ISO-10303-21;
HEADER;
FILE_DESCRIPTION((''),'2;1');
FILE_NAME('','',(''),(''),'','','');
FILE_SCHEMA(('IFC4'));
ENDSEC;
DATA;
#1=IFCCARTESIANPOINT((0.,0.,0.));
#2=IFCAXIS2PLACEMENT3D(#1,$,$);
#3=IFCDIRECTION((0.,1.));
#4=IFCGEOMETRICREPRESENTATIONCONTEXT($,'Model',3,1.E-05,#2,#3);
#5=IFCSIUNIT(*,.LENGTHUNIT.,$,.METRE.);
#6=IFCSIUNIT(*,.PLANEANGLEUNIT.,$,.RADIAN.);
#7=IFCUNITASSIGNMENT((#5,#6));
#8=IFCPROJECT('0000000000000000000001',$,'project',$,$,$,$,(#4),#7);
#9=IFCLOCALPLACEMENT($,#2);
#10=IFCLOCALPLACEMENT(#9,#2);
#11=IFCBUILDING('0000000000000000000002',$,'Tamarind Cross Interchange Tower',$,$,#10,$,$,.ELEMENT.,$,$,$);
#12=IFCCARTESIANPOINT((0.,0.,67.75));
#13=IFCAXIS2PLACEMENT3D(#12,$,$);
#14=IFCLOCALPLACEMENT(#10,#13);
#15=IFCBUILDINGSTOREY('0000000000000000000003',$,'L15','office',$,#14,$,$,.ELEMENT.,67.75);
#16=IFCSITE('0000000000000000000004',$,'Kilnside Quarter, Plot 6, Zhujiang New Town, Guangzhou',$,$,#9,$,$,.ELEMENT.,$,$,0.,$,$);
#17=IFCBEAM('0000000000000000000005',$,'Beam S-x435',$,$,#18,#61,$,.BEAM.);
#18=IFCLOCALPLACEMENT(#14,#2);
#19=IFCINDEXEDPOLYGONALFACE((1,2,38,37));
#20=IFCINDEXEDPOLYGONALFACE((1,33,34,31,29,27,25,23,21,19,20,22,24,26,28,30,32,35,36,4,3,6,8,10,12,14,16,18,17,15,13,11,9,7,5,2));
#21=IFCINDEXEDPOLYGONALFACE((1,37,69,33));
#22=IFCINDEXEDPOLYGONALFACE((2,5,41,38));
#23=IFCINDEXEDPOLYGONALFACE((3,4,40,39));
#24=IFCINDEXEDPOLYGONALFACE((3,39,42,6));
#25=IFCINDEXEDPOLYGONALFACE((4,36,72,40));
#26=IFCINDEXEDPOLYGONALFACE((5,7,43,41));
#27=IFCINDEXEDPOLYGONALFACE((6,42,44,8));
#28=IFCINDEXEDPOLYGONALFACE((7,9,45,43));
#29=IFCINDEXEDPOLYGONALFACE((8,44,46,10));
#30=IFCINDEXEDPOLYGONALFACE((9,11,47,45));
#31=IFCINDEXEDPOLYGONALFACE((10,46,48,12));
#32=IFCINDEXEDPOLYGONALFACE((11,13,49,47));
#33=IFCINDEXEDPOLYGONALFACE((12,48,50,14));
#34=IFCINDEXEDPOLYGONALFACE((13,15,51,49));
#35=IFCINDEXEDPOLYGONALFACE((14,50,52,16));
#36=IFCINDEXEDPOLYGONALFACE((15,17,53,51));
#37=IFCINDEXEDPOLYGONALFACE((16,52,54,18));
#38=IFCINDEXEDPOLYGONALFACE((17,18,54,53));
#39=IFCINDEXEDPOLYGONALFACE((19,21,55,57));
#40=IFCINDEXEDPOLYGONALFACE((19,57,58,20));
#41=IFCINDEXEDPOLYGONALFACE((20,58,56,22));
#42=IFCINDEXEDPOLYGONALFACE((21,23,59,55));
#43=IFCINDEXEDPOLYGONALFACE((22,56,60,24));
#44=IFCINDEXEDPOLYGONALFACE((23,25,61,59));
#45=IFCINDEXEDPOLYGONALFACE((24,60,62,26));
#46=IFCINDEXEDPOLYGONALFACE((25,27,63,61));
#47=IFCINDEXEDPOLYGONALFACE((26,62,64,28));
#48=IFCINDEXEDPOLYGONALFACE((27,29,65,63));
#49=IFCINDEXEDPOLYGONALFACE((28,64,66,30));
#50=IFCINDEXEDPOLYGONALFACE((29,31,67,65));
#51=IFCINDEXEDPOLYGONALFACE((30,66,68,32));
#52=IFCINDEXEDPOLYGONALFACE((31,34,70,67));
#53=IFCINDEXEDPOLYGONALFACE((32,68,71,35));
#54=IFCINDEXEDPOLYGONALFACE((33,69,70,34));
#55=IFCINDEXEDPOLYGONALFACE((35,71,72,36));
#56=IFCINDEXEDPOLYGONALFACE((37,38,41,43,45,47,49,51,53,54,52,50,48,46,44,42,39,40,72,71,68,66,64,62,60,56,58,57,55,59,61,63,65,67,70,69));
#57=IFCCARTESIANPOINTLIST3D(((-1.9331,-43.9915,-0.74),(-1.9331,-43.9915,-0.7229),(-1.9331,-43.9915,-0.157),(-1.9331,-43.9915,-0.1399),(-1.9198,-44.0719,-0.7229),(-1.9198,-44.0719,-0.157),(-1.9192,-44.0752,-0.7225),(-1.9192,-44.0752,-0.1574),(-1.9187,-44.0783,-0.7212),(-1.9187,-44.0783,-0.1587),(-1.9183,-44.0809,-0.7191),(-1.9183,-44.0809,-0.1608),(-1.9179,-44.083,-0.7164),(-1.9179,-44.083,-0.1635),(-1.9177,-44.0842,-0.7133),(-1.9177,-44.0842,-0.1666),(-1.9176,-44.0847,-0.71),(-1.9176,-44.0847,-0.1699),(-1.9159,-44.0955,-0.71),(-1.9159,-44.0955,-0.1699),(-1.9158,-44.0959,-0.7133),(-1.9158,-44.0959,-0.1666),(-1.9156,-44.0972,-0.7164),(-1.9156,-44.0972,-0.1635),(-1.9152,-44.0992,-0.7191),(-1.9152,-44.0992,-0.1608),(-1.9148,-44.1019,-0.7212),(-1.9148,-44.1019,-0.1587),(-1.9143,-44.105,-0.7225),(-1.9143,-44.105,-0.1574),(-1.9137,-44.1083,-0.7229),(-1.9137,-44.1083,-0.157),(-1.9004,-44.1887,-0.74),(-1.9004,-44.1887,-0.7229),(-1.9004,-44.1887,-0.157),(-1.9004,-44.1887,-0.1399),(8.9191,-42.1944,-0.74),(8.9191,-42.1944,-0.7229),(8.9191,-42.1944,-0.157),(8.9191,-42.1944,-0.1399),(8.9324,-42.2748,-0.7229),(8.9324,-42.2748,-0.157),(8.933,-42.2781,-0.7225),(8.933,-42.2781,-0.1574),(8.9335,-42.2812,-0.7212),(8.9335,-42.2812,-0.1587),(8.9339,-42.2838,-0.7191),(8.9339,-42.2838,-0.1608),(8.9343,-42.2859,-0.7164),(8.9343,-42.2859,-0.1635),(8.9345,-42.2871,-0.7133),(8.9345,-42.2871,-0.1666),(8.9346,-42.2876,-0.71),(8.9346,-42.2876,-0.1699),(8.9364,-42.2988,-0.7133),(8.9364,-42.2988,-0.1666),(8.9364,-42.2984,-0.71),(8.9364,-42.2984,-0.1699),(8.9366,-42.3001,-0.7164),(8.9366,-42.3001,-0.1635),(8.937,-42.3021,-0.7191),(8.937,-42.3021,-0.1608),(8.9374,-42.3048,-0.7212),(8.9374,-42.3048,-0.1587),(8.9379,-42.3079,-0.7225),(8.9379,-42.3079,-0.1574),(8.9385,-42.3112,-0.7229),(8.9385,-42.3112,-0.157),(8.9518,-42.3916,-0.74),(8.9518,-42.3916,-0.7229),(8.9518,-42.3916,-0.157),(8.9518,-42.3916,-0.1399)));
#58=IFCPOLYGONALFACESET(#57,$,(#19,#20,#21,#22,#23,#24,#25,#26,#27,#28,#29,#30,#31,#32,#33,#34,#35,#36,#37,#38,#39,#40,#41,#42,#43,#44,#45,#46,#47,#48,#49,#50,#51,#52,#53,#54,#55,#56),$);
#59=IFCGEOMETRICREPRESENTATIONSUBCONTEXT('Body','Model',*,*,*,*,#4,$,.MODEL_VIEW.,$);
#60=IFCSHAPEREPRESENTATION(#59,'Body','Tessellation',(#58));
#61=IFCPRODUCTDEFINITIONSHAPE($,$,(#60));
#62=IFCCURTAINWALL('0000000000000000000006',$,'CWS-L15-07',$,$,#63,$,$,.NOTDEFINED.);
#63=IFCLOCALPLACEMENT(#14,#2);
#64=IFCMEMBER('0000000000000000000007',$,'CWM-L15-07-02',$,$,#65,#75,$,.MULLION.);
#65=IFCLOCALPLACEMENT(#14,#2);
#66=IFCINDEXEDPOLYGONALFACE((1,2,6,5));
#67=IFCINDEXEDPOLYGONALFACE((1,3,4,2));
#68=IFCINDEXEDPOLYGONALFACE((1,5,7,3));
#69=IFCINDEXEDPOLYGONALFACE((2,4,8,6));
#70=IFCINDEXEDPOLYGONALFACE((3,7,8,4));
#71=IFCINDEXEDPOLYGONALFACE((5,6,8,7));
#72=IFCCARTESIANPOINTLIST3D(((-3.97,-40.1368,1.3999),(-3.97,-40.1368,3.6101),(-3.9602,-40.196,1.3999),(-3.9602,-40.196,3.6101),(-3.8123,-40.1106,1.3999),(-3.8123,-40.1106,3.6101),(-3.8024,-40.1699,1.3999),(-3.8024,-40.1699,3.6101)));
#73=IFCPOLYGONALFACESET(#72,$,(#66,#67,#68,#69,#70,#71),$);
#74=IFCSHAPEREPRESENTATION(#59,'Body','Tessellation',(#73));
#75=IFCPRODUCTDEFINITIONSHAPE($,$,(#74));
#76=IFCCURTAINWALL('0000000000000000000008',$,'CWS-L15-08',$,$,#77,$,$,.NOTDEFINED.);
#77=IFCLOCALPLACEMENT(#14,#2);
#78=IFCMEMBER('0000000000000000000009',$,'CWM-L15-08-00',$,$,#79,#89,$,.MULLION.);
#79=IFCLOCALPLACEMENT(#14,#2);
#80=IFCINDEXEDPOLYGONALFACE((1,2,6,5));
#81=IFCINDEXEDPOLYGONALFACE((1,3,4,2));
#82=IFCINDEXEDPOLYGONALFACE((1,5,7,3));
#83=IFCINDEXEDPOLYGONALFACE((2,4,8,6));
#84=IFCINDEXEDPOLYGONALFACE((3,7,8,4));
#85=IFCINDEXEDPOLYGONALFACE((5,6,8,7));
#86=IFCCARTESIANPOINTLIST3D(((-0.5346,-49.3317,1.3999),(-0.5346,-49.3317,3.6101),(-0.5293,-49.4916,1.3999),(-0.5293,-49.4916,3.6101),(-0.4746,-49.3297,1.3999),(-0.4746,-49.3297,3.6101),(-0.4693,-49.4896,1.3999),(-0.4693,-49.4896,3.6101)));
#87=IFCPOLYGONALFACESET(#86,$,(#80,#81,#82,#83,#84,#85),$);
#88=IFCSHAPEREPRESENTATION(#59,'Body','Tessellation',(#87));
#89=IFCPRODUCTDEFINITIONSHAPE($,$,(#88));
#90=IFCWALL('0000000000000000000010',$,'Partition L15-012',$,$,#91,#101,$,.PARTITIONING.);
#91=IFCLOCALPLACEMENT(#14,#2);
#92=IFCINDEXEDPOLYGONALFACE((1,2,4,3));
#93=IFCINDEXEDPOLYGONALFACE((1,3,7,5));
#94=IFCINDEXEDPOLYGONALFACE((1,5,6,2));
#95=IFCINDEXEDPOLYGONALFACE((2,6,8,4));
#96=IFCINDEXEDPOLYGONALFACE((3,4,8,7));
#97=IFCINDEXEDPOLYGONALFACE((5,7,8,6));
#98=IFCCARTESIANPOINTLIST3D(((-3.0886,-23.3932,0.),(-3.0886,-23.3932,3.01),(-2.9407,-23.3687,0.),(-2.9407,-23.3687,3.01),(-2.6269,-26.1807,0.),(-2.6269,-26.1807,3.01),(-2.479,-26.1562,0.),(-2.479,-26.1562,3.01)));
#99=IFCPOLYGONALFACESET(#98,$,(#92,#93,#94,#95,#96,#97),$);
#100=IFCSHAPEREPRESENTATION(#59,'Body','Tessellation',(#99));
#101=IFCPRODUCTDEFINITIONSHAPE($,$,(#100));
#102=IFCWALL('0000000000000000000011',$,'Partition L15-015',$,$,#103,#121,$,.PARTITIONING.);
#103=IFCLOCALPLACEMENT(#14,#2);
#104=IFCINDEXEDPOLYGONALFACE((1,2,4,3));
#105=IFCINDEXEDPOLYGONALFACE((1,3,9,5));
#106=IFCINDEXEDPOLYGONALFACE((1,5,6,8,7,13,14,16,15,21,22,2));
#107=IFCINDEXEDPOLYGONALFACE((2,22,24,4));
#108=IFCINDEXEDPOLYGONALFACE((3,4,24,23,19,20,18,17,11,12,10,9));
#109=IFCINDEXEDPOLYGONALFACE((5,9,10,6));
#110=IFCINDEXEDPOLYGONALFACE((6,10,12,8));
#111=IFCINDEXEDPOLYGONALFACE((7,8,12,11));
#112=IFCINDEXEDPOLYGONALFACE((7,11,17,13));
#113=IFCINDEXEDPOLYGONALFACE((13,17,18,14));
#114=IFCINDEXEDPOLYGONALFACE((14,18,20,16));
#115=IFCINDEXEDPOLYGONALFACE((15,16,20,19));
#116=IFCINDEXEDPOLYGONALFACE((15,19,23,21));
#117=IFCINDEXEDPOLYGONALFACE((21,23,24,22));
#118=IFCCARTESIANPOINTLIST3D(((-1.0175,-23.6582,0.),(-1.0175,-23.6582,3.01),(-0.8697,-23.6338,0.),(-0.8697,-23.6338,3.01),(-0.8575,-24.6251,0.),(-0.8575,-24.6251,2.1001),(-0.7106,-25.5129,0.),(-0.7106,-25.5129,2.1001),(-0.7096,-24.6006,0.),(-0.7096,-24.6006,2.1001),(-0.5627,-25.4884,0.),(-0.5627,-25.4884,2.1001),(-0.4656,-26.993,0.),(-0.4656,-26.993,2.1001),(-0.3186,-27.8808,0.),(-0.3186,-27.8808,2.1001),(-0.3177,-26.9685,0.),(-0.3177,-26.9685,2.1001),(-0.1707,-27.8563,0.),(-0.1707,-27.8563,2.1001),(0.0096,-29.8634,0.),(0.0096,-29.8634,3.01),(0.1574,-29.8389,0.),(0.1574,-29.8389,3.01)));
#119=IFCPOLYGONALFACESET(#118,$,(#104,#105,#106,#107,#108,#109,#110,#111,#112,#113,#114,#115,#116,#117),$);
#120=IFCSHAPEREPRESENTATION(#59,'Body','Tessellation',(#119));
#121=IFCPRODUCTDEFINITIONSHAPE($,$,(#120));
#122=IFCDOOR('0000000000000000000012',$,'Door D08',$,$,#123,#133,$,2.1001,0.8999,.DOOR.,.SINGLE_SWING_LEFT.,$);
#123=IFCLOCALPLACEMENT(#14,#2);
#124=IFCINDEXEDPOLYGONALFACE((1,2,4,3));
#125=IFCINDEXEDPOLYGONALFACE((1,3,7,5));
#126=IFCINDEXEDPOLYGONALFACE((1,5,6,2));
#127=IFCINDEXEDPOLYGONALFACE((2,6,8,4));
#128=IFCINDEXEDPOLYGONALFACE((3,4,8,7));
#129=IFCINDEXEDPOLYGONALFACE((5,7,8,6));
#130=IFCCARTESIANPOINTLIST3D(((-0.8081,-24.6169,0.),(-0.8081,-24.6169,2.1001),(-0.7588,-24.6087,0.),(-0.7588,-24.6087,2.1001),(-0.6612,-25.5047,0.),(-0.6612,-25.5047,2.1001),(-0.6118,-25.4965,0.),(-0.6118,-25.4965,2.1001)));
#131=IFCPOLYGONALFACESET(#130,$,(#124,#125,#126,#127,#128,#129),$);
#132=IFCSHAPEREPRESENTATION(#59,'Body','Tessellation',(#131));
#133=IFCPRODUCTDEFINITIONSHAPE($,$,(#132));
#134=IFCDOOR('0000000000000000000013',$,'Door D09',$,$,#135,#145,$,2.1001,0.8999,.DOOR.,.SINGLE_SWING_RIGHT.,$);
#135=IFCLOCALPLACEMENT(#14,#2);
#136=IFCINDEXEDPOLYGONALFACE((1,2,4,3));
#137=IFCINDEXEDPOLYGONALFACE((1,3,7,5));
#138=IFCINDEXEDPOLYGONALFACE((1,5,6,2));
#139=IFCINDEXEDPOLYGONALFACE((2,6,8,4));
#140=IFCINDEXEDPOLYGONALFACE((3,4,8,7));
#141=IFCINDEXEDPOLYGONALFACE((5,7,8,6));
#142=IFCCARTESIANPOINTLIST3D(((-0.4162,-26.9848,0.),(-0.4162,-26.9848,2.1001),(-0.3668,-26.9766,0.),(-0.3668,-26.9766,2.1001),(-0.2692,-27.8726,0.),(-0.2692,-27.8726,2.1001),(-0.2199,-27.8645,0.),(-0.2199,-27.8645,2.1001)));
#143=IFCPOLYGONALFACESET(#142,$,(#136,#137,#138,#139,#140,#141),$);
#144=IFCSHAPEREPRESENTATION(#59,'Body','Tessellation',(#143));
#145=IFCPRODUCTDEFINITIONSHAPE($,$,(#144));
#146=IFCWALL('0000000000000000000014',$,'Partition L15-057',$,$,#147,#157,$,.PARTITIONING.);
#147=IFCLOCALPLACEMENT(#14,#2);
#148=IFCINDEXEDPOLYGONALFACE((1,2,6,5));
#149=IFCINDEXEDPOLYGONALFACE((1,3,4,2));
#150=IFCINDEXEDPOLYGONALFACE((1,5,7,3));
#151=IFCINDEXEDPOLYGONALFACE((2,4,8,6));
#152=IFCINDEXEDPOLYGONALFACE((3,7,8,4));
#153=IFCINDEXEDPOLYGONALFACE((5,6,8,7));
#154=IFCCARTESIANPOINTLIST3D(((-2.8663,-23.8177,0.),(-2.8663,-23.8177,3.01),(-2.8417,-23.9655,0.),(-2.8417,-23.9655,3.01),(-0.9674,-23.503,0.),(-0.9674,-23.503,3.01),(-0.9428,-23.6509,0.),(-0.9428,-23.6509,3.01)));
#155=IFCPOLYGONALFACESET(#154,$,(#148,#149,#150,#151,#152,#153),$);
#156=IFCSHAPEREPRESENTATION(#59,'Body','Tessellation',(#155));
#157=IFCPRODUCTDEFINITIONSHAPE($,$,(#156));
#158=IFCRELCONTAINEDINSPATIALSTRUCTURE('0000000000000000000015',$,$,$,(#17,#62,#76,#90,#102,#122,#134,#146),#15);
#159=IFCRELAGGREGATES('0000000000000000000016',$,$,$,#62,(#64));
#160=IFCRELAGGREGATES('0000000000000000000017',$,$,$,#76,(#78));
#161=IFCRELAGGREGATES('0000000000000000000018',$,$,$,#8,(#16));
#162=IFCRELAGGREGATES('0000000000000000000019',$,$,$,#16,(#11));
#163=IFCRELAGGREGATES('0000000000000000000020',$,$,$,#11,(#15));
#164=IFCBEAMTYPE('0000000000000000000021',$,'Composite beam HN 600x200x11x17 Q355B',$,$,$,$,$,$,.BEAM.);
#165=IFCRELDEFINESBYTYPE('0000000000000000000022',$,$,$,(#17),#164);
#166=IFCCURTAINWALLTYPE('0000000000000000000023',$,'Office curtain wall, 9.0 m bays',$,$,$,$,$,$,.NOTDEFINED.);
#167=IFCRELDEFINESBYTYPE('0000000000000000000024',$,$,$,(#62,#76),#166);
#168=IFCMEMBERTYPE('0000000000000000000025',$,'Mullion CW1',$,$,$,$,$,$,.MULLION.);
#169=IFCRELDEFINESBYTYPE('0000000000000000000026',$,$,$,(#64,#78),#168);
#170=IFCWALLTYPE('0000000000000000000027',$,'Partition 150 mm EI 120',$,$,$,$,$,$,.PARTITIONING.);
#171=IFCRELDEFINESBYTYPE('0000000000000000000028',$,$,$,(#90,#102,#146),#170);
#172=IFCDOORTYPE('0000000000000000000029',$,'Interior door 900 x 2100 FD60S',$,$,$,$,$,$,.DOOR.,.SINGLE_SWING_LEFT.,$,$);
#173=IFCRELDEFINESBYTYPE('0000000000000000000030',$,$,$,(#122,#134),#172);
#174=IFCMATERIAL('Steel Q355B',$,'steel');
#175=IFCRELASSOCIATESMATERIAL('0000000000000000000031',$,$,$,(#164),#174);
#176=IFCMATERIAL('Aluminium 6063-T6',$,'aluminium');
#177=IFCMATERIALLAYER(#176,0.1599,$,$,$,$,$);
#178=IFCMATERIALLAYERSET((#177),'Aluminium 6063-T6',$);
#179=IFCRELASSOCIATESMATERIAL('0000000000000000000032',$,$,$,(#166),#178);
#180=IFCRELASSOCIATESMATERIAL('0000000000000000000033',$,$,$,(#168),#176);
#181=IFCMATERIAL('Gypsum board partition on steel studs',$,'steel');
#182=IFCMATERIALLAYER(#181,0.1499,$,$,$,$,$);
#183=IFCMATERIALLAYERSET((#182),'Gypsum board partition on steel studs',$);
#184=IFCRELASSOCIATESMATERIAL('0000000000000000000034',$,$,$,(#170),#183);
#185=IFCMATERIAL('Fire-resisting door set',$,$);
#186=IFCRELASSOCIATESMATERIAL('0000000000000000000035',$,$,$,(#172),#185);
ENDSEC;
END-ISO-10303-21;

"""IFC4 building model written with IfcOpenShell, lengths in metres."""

from ifc_helpers import new_model, si_unit, direction, frame, frame_2d, origin, origin_2d, place, context, subcontext, project, spatial, rectangle, i_section, extrude, material, layer, layer_set, material_profile, profile_set, type_object, element, fill, aggregate, save


model = new_model("IFC4")

# Units and contexts
model_context = context("Model", 3, precision=1e-05, world=origin(), true_north=direction((0.0, 1.0)))
body_context = subcontext(model_context, "Body", "Model", "MODEL_VIEW")
ifc_project = project(units=[si_unit("LENGTHUNIT", "METRE"), si_unit("PLANEANGLEUNIT", "RADIAN")], contexts=[model_context])

# Site, building, storey
site_placement = place(None, origin())
site = spatial("IfcSite", under=ifc_project, at=site_placement, Name="Kilnside Quarter, Plot 6, Zhujiang New Town, Guangzhou", CompositionType="ELEMENT", RefElevation=0.0)
building_placement = place(site_placement, origin())
building = spatial("IfcBuilding", under=site, at=building_placement, Name="Tamarind Cross Interchange Tower", CompositionType="ELEMENT")
storey_placement = place(building_placement, frame((0.0, 0.0, 67.75)))
storey = spatial("IfcBuildingStorey", under=building, at=storey_placement, Name="L15", Description="office", CompositionType="ELEMENT", Elevation=67.75)

# Beam
ifc_material_1 = material(Name="Steel Q355B", Category="steel")
ifc_material_profile_1 = material_profile(ifc_material_1, i_section(OverallWidth=0.2, OverallDepth=0.6001, WebThickness=0.011, FlangeThickness=0.0171, FilletRadius=0.0129, at=origin_2d()), Name="HN 600x200x11x17")
ifc_profile_set_1 = profile_set([ifc_material_profile_1], Name="Steel Q355B")
beam_type_1 = type_object("IfcBeamType", Name="Composite beam HN 600x200x11x17 Q355B", PredefinedType="BEAM", material=ifc_profile_set_1)
beam_1_placement = place(storey_placement, frame((-1.9167, -44.0901, -0.4399), z_axis=(0.986564, 0.163373, 0.0), x_axis=(-0.163373, 0.986564, 0.0)))
element("IfcBeam", 1, at=beam_1_placement, inside=storey, type_object=beam_type_1, Name="Beam S-x435", PredefinedType="BEAM", context=body_context, shape_type="SweptSolid", body=[
    extrude(i_section(OverallWidth=0.2, OverallDepth=0.6001, WebThickness=0.011, FlangeThickness=0.0171, FilletRadius=0.0129, at=origin_2d()), origin(), (0.0, 0.0, 1.0), 11.0),
])

# Curtain walls, members
ifc_material_2 = material(Name="Aluminium 6063-T6", Category="aluminium")
ifc_layer_1 = layer(ifc_material_2, 0.1599)
ifc_layer_set_1 = layer_set([ifc_layer_1], Name="Aluminium 6063-T6")
curtain_wall_type = type_object("IfcCurtainWallType", Name="Office curtain wall, 9.0 m bays", PredefinedType="NOTDEFINED", material=ifc_layer_set_1)
curtain_wall_1_placement = place(storey_placement, origin())
curtain_wall_1 = element("IfcCurtainWall", 2, at=curtain_wall_1_placement, inside=storey, type_object=curtain_wall_type, Name="CWS-L15-07", PredefinedType="NOTDEFINED")
ifc_material_profile_2 = material_profile(ifc_material_2, rectangle(XDim=0.0601, YDim=0.1599, at=origin_2d()), Name="Mullion CW1")
ifc_profile_set_2 = profile_set([ifc_material_profile_2], Name="Aluminium 6063-T6")
member_type = type_object("IfcMemberType", Name="Mullion CW1", PredefinedType="MULLION", material=ifc_profile_set_2)
member_1_placement = place(storey_placement, frame((-3.8862, -40.1533, 1.3999), z_axis=(0.0, 0.0, 1.0), x_axis=(0.163381, -0.986563, 0.0)))
member_1 = element("IfcMember", 3, at=member_1_placement, type_object=member_type, Name="CWM-L15-07-02", PredefinedType="MULLION", context=body_context, shape_type="SweptSolid", body=[
    extrude(rectangle(XDim=0.0601, YDim=0.1599, at=origin_2d()), origin(), (0.0, 0.0, 1.0), 2.2102),
])
aggregate(curtain_wall_1, [member_1])
curtain_wall_2_placement = place(storey_placement, origin())
curtain_wall_2 = element("IfcCurtainWall", 4, at=curtain_wall_2_placement, inside=storey, type_object=curtain_wall_type, Name="CWS-L15-08", PredefinedType="NOTDEFINED")
member_2_placement = place(storey_placement, frame((-0.502, -49.4106, 1.3999), z_axis=(0.0, 0.0, 1.0), x_axis=(0.999448, 0.033211, 0.0)))
member_2 = element("IfcMember", 5, at=member_2_placement, type_object=member_type, Name="CWM-L15-08-00", PredefinedType="MULLION", context=body_context, shape_type="SweptSolid", body=[
    extrude(rectangle(XDim=0.0601, YDim=0.1599, at=origin_2d()), origin(), (0.0, 0.0, 1.0), 2.2102),
])
aggregate(curtain_wall_2, [member_2])

# Wall
ifc_material_3 = material(Name="Gypsum board partition on steel studs", Category="steel")
ifc_layer_2 = layer(ifc_material_3, 0.1499)
ifc_layer_set_2 = layer_set([ifc_layer_2], Name="Gypsum board partition on steel studs")
wall_type_1 = type_object("IfcWallType", Name="Partition 150 mm EI 120", PredefinedType="PARTITIONING", material=ifc_layer_set_2)
wall_1_placement = place(storey_placement, frame((-3.0146, -23.3811, 0.0), z_axis=(0.0, 0.0, 1.0), x_axis=(0.163404, -0.986559, 0.0)))
element("IfcWall", 6, at=wall_1_placement, inside=storey, type_object=wall_type_1, Name="Partition L15-012", PredefinedType="PARTITIONING", context=body_context, shape_type="SweptSolid", body=[
    extrude(rectangle(XDim=2.8254, YDim=0.1499, at=frame_2d((1.4126, 0.0))), origin(), (0.0, 0.0, 1.0), 3.01),
])

# Wall, openings, doors
wall_2_placement = place(storey_placement, frame((-0.9436, -23.646, 0.0), z_axis=(0.0, 0.0, 1.0), x_axis=(0.163304, -0.986576, 0.0)))
wall_2 = element("IfcWall", 7, at=wall_2_placement, inside=storey, type_object=wall_type_1, Name="Partition L15-015", PredefinedType="PARTITIONING", context=body_context, shape_type="SweptSolid", body=[
    extrude(rectangle(XDim=6.2896, YDim=0.1499, at=frame_2d((3.1448, 0.0))), origin(), (0.0, 0.0, 1.0), 3.01),
])
opening_1_placement = place(wall_2_placement, frame((0.98, 0.0, 0.0)))
opening_1 = element("IfcOpeningElement", 8, at=opening_1_placement, cuts=wall_2, PredefinedType="OPENING", context=body_context, shape_type="SweptSolid", body=[
    extrude(rectangle(XDim=0.8999, YDim=2.1001, at=frame_2d((0.45, 1.05))), frame((0.0, 0.085, 0.0), z_axis=(0.0, -1.0, 0.0), x_axis=(1.0, 0.0, 0.0)), (0.0, 0.0, 1.0), 0.1699),
])
opening_2_placement = place(wall_2_placement, frame((3.3801, 0.0, 0.0)))
opening_2 = element("IfcOpeningElement", 9, at=opening_2_placement, cuts=wall_2, PredefinedType="OPENING", context=body_context, shape_type="SweptSolid", body=[
    extrude(rectangle(XDim=0.8999, YDim=2.1001, at=frame_2d((0.45, 1.05))), frame((0.0, 0.085, 0.0), z_axis=(0.0, -1.0, 0.0), x_axis=(1.0, 0.0, 0.0)), (0.0, 0.0, 1.0), 0.1699),
])
ifc_material_4 = material(Name="Fire-resisting door set")
door_type_1 = type_object("IfcDoorType", Name="Interior door 900 x 2100 FD60S", OperationType="SINGLE_SWING_LEFT", PredefinedType="DOOR", material=ifc_material_4)
door_1_placement = place(opening_1_placement, frame((0.8999, 0.0, 0.0), z_axis=(0.0, 0.0, 1.0), x_axis=(-1.0, 0.0, 0.0)))
door_1 = element("IfcDoor", 10, at=door_1_placement, inside=storey, type_object=door_type_1, Name="Door D08", OperationType="SINGLE_SWING_LEFT", OverallHeight=2.1001, OverallWidth=0.8999, PredefinedType="DOOR", context=body_context, shape_type="SweptSolid", body=[
    extrude(rectangle(XDim=0.8999, YDim=2.1001, at=frame_2d((0.45, 1.05))), frame((0.0, 0.0249, 0.0), z_axis=(0.0, -1.0, 0.0), x_axis=(1.0, 0.0, 0.0)), (0.0, 0.0, 1.0), 0.05),
])
fill(opening_1, door_1)
door_2_placement = place(opening_2_placement, frame((0.8999, 0.0, 0.0), z_axis=(0.0, 0.0, 1.0), x_axis=(-1.0, 0.0, 0.0)))
door_2 = element("IfcDoor", 11, at=door_2_placement, inside=storey, type_object=door_type_1, Name="Door D09", OperationType="SINGLE_SWING_RIGHT", OverallHeight=2.1001, OverallWidth=0.8999, PredefinedType="DOOR", context=body_context, shape_type="SweptSolid", body=[
    extrude(rectangle(XDim=0.8999, YDim=2.1001, at=frame_2d((0.45, 1.05))), frame((0.0, 0.0249, 0.0), z_axis=(0.0, -1.0, 0.0), x_axis=(1.0, 0.0, 0.0)), (0.0, 0.0, 1.0), 0.05),
])
fill(opening_2, door_2)

# Wall
wall_3_placement = place(storey_placement, frame((-2.854, -23.8916, 0.0), z_axis=(0.0, 0.0, 1.0), x_axis=(0.986544, 0.163494, 0.0)))
element("IfcWall", 12, at=wall_3_placement, inside=storey, type_object=wall_type_1, Name="Partition L15-057", PredefinedType="PARTITIONING", context=body_context, shape_type="SweptSolid", body=[
    extrude(rectangle(XDim=1.9248, YDim=0.1499, at=frame_2d((0.9624, 0.0))), origin(), (0.0, 0.0, 1.0), 3.01),
])

save(model, "model.ifc")
